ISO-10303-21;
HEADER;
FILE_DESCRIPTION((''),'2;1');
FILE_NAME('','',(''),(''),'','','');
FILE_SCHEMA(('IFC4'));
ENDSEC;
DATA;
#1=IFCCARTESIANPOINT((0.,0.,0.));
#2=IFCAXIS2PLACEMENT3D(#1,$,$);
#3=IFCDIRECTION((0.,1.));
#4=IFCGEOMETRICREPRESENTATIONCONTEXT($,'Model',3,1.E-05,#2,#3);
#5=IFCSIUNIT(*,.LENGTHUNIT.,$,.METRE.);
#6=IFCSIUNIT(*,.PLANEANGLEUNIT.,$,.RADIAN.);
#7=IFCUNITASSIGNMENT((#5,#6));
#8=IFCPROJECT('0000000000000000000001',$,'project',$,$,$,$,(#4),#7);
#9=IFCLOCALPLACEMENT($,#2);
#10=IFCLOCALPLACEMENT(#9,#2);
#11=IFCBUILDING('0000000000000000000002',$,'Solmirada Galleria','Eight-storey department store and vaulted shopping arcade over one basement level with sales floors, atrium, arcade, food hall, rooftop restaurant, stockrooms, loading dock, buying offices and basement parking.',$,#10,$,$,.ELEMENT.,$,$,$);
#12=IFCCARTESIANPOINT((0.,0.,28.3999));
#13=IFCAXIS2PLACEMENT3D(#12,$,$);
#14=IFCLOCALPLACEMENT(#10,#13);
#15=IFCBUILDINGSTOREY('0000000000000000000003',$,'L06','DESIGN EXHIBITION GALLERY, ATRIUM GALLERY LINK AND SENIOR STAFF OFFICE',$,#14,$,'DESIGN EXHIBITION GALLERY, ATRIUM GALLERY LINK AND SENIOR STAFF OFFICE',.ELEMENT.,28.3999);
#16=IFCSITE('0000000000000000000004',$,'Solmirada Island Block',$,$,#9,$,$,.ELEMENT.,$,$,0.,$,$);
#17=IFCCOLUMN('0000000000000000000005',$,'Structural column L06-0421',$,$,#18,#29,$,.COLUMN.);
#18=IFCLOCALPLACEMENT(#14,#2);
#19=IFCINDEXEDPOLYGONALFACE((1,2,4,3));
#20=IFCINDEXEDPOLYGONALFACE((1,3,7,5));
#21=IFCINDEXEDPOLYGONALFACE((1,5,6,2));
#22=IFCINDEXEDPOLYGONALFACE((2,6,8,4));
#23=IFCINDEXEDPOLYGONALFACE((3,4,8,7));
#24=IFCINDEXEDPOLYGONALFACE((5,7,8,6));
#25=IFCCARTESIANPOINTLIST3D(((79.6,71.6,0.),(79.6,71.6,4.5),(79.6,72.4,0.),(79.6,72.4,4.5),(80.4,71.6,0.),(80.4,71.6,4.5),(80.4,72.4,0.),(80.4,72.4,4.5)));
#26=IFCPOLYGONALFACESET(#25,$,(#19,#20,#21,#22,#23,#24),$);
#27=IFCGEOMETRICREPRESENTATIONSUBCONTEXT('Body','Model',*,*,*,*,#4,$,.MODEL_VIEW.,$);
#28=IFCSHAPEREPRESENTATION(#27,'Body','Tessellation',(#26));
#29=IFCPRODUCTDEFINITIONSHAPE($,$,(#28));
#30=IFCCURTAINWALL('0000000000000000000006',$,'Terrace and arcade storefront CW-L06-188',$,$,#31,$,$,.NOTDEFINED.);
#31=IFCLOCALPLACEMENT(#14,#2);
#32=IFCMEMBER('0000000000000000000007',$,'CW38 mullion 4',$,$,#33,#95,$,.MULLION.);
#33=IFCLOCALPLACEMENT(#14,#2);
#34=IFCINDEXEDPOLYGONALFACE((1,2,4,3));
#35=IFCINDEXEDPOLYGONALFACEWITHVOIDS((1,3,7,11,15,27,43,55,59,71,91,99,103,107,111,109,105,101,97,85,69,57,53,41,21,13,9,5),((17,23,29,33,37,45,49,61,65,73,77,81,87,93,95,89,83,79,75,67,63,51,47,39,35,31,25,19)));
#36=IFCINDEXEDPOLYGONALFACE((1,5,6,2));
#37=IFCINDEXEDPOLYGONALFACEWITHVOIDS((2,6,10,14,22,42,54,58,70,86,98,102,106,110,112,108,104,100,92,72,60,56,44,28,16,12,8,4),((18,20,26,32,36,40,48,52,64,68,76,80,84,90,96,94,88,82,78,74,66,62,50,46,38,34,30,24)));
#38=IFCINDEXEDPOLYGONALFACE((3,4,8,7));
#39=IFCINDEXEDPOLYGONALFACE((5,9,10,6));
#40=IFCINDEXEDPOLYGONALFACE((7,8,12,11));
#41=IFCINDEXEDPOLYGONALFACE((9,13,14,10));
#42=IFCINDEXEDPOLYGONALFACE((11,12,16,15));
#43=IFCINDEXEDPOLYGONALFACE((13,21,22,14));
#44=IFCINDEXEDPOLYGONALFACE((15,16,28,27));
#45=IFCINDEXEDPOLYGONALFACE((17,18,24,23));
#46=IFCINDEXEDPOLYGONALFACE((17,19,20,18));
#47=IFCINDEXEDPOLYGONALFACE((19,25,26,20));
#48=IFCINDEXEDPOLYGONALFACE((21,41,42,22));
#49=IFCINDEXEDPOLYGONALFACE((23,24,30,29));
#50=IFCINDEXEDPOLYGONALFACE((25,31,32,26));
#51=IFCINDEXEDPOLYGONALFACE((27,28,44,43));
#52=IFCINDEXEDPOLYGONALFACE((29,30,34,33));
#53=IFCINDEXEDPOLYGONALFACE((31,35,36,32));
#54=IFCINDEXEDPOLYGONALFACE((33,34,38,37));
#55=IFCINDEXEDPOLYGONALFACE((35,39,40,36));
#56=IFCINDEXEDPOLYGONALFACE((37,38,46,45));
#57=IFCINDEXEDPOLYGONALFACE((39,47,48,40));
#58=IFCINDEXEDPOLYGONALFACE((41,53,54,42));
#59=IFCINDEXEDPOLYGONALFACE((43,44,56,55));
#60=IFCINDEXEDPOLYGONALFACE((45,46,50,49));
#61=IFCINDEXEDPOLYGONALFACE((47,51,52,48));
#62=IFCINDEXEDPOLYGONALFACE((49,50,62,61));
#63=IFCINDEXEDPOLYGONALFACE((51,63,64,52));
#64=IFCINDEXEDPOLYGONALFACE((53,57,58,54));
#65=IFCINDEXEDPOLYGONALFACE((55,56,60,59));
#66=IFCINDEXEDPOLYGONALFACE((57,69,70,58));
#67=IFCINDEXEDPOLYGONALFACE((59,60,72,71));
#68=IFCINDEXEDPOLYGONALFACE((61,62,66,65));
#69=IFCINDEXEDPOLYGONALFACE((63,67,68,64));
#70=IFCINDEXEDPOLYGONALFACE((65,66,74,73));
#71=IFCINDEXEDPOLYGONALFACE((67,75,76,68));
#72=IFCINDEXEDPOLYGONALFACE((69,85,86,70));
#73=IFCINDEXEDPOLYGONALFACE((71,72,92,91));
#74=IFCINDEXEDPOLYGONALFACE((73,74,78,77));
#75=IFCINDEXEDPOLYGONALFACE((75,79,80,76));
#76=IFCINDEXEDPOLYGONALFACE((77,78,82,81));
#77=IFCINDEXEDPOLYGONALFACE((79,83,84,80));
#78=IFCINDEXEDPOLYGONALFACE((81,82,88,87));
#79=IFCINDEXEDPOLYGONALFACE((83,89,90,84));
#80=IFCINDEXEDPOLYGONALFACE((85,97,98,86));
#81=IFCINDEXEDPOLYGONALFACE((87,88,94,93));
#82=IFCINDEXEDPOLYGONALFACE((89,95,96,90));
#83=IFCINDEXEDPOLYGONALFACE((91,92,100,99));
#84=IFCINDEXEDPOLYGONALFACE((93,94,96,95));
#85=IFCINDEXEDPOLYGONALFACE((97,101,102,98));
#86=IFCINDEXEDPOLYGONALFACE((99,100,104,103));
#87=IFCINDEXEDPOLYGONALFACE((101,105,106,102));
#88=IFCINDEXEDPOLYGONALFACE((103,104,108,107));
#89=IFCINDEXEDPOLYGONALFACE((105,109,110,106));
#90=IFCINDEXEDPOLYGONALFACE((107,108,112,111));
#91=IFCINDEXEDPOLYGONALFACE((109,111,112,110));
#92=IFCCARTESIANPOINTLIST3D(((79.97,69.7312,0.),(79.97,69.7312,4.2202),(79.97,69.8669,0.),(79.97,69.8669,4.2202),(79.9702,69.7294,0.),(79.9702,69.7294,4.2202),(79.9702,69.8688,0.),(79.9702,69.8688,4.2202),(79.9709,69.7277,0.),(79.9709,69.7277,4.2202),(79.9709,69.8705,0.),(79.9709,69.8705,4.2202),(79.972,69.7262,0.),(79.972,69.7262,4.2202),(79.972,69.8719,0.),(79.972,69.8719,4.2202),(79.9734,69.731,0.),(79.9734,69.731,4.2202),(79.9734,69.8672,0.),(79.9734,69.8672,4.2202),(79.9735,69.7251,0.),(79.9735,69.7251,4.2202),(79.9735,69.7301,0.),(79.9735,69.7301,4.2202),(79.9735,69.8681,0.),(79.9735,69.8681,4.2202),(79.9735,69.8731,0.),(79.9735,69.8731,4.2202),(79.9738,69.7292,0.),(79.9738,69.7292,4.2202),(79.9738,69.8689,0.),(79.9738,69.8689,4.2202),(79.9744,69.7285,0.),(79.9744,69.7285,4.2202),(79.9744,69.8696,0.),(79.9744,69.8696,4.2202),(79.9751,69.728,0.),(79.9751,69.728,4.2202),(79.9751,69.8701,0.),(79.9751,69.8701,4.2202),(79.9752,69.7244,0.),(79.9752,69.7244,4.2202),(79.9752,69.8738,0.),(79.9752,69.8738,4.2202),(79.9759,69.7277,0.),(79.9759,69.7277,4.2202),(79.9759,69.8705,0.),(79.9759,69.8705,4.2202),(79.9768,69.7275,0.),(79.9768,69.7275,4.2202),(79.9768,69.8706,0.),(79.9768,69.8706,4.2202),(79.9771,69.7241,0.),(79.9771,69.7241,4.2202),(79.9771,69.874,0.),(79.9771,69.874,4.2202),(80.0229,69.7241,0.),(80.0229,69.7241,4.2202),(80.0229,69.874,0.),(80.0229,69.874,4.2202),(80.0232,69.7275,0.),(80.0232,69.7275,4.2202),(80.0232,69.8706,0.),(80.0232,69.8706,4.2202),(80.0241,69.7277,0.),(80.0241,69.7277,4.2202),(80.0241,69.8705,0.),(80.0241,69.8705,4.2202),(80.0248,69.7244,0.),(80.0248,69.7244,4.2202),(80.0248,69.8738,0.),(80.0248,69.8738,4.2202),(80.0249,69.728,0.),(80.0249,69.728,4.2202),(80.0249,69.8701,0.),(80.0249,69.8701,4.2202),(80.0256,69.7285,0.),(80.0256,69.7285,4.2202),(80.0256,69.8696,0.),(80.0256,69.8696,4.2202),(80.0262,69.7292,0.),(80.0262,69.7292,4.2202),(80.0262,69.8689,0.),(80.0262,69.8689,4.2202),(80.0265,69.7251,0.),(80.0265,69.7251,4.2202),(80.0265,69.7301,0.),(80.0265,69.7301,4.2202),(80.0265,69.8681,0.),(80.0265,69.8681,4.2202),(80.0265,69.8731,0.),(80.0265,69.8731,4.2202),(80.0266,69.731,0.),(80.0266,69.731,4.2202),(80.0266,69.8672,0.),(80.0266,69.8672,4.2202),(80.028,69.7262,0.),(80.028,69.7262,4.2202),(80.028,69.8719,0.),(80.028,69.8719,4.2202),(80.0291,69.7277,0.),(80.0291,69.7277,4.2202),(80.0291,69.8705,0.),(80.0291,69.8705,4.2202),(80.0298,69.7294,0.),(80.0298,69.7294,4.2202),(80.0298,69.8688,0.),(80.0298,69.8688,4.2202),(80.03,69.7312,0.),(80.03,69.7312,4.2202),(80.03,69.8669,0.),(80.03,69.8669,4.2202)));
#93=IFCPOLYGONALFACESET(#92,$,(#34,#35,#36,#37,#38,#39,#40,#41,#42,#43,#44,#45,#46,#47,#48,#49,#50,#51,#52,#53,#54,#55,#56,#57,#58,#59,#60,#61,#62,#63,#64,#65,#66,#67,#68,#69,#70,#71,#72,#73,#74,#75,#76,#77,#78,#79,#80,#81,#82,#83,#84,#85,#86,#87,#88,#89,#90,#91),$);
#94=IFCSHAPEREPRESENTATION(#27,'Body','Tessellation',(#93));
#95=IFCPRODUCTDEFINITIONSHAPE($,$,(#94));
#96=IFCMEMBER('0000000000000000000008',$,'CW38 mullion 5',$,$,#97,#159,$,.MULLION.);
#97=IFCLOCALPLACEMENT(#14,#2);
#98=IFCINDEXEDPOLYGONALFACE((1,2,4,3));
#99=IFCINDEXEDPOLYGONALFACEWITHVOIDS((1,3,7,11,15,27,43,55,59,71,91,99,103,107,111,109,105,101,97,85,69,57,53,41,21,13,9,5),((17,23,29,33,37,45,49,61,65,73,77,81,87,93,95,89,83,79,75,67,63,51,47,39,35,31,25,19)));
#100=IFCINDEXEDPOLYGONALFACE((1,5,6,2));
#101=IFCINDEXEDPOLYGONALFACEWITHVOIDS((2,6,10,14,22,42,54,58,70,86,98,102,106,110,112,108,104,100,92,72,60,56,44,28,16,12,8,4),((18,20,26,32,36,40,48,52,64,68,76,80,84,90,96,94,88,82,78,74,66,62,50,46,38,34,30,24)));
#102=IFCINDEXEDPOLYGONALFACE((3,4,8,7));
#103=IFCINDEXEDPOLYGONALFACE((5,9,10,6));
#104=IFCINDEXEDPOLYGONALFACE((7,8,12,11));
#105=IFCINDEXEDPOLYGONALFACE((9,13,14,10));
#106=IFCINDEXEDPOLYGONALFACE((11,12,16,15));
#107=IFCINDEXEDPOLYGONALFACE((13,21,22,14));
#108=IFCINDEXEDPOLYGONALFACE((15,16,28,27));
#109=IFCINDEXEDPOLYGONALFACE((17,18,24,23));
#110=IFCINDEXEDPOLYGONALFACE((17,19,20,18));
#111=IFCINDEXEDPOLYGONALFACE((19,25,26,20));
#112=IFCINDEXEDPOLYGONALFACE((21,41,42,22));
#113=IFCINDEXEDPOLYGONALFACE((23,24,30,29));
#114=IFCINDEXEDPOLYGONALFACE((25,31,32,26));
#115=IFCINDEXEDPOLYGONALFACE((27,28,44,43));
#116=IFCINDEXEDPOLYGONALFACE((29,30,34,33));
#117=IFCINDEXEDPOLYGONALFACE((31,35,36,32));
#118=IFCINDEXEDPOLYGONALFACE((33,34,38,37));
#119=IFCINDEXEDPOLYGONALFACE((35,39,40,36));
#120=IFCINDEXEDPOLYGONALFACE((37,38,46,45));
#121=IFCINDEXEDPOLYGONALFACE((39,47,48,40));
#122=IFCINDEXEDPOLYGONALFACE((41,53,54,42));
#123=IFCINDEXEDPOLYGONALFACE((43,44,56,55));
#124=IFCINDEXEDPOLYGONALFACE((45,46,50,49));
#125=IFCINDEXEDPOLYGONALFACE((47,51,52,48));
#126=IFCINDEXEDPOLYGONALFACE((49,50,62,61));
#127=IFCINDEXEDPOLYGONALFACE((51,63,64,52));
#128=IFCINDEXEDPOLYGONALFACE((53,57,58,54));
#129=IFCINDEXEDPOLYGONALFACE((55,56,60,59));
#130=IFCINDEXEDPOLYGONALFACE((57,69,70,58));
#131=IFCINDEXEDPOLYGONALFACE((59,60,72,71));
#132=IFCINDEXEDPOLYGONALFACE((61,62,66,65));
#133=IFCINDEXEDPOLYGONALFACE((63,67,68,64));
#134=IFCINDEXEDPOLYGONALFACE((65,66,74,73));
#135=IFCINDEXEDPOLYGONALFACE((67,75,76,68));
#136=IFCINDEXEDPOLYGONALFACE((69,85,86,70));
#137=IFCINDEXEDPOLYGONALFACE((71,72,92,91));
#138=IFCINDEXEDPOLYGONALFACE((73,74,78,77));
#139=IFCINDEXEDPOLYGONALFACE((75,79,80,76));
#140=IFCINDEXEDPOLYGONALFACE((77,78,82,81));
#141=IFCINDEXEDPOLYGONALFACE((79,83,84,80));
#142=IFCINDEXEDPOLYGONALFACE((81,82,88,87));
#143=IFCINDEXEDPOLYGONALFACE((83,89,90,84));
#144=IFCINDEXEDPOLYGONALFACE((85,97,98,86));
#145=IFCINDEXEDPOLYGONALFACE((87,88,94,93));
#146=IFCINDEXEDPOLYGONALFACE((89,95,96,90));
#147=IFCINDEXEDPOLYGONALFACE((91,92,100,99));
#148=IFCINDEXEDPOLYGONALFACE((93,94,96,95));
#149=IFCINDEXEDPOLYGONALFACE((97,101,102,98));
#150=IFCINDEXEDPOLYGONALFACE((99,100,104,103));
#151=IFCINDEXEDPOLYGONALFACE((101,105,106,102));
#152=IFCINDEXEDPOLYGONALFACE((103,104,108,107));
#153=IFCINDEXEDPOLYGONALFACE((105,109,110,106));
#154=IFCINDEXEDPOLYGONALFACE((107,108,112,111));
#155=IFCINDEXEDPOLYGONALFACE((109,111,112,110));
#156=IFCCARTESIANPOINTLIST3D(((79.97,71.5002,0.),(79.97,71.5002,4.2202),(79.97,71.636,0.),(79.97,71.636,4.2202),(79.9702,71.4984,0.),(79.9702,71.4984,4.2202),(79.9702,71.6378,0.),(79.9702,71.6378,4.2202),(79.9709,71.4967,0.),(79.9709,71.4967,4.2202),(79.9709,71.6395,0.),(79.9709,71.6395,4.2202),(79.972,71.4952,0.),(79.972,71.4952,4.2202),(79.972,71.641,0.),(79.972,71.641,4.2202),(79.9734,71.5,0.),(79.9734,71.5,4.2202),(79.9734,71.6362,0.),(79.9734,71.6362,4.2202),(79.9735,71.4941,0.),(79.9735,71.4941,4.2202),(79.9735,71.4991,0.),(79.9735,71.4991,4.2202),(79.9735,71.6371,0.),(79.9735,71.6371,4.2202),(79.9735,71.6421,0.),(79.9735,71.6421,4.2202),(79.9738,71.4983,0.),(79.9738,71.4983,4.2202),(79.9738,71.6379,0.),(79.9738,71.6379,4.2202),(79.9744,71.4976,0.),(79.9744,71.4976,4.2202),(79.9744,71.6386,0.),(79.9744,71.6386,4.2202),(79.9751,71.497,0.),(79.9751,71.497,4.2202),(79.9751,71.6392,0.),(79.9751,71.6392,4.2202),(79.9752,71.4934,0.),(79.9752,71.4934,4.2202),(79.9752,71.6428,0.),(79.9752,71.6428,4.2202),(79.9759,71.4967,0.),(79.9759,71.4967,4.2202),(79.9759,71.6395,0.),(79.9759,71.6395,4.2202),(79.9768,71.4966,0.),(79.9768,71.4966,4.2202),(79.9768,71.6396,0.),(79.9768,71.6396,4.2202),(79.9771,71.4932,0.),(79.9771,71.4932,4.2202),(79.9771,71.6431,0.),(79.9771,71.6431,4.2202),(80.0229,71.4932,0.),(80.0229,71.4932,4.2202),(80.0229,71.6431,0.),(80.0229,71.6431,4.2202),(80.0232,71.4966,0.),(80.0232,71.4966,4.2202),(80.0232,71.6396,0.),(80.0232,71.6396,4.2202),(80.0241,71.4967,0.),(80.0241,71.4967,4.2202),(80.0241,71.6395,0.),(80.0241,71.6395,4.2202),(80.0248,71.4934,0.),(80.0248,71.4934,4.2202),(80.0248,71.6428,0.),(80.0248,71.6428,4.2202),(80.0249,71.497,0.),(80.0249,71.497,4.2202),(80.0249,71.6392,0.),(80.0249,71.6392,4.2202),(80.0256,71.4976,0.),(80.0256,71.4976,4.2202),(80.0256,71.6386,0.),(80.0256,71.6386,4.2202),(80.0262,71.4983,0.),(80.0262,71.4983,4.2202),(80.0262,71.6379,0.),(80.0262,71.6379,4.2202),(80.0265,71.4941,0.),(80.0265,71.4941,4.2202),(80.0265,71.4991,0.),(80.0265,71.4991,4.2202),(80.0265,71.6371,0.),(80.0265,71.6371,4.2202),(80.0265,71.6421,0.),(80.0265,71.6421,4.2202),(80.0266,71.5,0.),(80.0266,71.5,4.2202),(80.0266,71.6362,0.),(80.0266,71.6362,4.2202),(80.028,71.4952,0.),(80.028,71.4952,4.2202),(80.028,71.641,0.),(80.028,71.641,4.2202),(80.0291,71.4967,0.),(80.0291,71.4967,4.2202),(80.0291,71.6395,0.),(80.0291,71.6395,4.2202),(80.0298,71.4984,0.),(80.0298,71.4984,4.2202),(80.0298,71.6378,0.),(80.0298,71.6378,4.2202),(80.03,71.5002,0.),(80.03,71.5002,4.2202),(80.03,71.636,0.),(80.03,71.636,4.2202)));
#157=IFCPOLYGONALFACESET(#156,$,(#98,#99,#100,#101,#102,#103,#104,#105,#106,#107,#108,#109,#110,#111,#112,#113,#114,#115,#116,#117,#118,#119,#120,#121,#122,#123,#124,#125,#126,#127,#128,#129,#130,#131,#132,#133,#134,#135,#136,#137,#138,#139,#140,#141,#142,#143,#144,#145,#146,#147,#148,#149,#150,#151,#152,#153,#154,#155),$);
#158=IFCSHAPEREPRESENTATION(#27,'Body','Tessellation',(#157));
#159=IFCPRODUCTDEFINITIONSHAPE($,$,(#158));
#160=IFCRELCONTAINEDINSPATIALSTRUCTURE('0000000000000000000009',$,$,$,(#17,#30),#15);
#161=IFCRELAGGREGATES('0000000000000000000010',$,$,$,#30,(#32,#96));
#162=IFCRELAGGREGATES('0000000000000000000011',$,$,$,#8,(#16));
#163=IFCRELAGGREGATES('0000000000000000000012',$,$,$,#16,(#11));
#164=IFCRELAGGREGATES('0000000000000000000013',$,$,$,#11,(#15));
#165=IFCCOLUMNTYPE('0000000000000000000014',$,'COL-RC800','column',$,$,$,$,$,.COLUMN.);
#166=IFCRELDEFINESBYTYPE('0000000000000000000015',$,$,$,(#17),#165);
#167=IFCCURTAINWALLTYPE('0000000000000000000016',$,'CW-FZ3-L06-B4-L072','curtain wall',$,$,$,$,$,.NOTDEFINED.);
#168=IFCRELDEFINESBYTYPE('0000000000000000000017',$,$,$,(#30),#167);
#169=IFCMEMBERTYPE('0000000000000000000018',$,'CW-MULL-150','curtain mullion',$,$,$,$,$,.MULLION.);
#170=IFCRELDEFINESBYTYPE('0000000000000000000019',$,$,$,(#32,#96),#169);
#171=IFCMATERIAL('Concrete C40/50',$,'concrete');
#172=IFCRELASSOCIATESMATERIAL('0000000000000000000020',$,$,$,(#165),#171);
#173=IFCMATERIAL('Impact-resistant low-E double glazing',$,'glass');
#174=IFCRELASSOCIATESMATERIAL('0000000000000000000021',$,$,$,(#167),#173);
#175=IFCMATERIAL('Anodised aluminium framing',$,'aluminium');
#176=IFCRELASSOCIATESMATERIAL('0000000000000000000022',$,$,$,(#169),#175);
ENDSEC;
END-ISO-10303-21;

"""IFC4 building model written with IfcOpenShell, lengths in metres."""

from ifc_helpers import new_model, si_unit, direction, frame, origin, origin_2d, place, context, subcontext, project, spatial, rectangle, hollow_rectangle, extrude, material, material_profile, profile_set, type_object, element, aggregate, save


model = new_model("IFC4")

# Units and contexts
model_context = context("Model", 3, precision=1e-05, world=origin(), true_north=direction((0.0, 1.0)))
body_context = subcontext(model_context, "Body", "Model", "MODEL_VIEW")
ifc_project = project(units=[si_unit("LENGTHUNIT", "METRE"), si_unit("PLANEANGLEUNIT", "RADIAN")], contexts=[model_context])

# Site, building, storey
site_placement = place(None, origin())
site = spatial("IfcSite", under=ifc_project, at=site_placement, Name="Solmirada Island Block", CompositionType="ELEMENT", RefElevation=0.0)
building_placement = place(site_placement, origin())
building = spatial("IfcBuilding", under=site, at=building_placement, Name="Solmirada Galleria", Description="Eight-storey department store and vaulted shopping arcade over one basement level with sales floors, atrium, arcade, food hall, rooftop restaurant, stockrooms, loading dock, buying offices and basement parking.", CompositionType="ELEMENT")
storey_placement = place(building_placement, frame((0.0, 0.0, 28.3999)))
storey = spatial("IfcBuildingStorey", under=building, at=storey_placement, Name="L06", Description="DESIGN EXHIBITION GALLERY, ATRIUM GALLERY LINK AND SENIOR STAFF OFFICE", LongName="DESIGN EXHIBITION GALLERY, ATRIUM GALLERY LINK AND SENIOR STAFF OFFICE", CompositionType="ELEMENT", Elevation=28.3999)

# Column
ifc_material_1 = material(Name="Concrete C40/50", Category="concrete")
ifc_material_profile_1 = material_profile(ifc_material_1, rectangle(XDim=0.8, YDim=0.8, at=origin_2d()), Name="RC800X800")
ifc_profile_set_1 = profile_set([ifc_material_profile_1], Name="Concrete C40/50")
column_type = type_object("IfcColumnType", Name="COL-RC800", Description="column", PredefinedType="COLUMN", material=ifc_profile_set_1)
column_placement = place(storey_placement, frame((80.0, 72.0, 0.0), z_axis=(0.0, 0.0, 1.0), x_axis=(1.0, 0.0, 0.0)))
element("IfcColumn", 1, at=column_placement, inside=storey, type_object=column_type, Name="Structural column L06-0421", PredefinedType="COLUMN", context=body_context, shape_type="SweptSolid", body=[
    extrude(rectangle(XDim=0.8, YDim=0.8, at=origin_2d()), origin(), (0.0, 0.0, 1.0), 4.5),
])

# Curtain wall, members
ifc_material_2 = material(Name="Impact-resistant low-E double glazing", Category="glass")
curtain_wall_type = type_object("IfcCurtainWallType", Name="CW-FZ3-L06-B4-L072", Description="curtain wall", PredefinedType="NOTDEFINED", material=ifc_material_2)
curtain_wall_1_placement = place(storey_placement, origin())
curtain_wall_1 = element("IfcCurtainWall", 2, at=curtain_wall_1_placement, inside=storey, type_object=curtain_wall_type, Name="Terrace and arcade storefront CW-L06-188", PredefinedType="NOTDEFINED")
ifc_material_3 = material(Name="Anodised aluminium framing", Category="aluminium")
ifc_material_profile_2 = material_profile(ifc_material_3, hollow_rectangle(XDim=0.0601, YDim=0.1499, WallThickness=0.0034, InnerFilletRadius=0.0034, OuterFilletRadius=0.0071, at=origin_2d()), Name="ALU-MULL-150X60")
ifc_profile_set_2 = profile_set([ifc_material_profile_2], Name="Anodised aluminium framing")
member_type_1 = type_object("IfcMemberType", Name="CW-MULL-150", Description="curtain mullion", PredefinedType="MULLION", material=ifc_profile_set_2)
member_1_placement = place(storey_placement, frame((80.0, 69.7991, 0.0), z_axis=(0.0, 0.0, 1.0), x_axis=(-1.0, 0.0, 0.0)))
member_1 = element("IfcMember", 3, at=member_1_placement, type_object=member_type_1, Name="CW38 mullion 4", PredefinedType="MULLION", context=body_context, shape_type="SweptSolid", body=[
    extrude(hollow_rectangle(XDim=0.0601, YDim=0.1499, WallThickness=0.0034, InnerFilletRadius=0.0034, OuterFilletRadius=0.0071, at=origin_2d()), origin(), (0.0, 0.0, 1.0), 4.2202),
])
member_2_placement = place(storey_placement, frame((80.0, 71.5681, 0.0), z_axis=(0.0, 0.0, 1.0), x_axis=(-1.0, 0.0, 0.0)))
member_2 = element("IfcMember", 4, at=member_2_placement, type_object=member_type_1, Name="CW38 mullion 5", PredefinedType="MULLION", context=body_context, shape_type="SweptSolid", body=[
    extrude(hollow_rectangle(XDim=0.0601, YDim=0.1499, WallThickness=0.0034, InnerFilletRadius=0.0034, OuterFilletRadius=0.0071, at=origin_2d()), origin(), (0.0, 0.0, 1.0), 4.2202),
])

aggregate(curtain_wall_1, [member_1, member_2])

save(model, "model.ifc")
